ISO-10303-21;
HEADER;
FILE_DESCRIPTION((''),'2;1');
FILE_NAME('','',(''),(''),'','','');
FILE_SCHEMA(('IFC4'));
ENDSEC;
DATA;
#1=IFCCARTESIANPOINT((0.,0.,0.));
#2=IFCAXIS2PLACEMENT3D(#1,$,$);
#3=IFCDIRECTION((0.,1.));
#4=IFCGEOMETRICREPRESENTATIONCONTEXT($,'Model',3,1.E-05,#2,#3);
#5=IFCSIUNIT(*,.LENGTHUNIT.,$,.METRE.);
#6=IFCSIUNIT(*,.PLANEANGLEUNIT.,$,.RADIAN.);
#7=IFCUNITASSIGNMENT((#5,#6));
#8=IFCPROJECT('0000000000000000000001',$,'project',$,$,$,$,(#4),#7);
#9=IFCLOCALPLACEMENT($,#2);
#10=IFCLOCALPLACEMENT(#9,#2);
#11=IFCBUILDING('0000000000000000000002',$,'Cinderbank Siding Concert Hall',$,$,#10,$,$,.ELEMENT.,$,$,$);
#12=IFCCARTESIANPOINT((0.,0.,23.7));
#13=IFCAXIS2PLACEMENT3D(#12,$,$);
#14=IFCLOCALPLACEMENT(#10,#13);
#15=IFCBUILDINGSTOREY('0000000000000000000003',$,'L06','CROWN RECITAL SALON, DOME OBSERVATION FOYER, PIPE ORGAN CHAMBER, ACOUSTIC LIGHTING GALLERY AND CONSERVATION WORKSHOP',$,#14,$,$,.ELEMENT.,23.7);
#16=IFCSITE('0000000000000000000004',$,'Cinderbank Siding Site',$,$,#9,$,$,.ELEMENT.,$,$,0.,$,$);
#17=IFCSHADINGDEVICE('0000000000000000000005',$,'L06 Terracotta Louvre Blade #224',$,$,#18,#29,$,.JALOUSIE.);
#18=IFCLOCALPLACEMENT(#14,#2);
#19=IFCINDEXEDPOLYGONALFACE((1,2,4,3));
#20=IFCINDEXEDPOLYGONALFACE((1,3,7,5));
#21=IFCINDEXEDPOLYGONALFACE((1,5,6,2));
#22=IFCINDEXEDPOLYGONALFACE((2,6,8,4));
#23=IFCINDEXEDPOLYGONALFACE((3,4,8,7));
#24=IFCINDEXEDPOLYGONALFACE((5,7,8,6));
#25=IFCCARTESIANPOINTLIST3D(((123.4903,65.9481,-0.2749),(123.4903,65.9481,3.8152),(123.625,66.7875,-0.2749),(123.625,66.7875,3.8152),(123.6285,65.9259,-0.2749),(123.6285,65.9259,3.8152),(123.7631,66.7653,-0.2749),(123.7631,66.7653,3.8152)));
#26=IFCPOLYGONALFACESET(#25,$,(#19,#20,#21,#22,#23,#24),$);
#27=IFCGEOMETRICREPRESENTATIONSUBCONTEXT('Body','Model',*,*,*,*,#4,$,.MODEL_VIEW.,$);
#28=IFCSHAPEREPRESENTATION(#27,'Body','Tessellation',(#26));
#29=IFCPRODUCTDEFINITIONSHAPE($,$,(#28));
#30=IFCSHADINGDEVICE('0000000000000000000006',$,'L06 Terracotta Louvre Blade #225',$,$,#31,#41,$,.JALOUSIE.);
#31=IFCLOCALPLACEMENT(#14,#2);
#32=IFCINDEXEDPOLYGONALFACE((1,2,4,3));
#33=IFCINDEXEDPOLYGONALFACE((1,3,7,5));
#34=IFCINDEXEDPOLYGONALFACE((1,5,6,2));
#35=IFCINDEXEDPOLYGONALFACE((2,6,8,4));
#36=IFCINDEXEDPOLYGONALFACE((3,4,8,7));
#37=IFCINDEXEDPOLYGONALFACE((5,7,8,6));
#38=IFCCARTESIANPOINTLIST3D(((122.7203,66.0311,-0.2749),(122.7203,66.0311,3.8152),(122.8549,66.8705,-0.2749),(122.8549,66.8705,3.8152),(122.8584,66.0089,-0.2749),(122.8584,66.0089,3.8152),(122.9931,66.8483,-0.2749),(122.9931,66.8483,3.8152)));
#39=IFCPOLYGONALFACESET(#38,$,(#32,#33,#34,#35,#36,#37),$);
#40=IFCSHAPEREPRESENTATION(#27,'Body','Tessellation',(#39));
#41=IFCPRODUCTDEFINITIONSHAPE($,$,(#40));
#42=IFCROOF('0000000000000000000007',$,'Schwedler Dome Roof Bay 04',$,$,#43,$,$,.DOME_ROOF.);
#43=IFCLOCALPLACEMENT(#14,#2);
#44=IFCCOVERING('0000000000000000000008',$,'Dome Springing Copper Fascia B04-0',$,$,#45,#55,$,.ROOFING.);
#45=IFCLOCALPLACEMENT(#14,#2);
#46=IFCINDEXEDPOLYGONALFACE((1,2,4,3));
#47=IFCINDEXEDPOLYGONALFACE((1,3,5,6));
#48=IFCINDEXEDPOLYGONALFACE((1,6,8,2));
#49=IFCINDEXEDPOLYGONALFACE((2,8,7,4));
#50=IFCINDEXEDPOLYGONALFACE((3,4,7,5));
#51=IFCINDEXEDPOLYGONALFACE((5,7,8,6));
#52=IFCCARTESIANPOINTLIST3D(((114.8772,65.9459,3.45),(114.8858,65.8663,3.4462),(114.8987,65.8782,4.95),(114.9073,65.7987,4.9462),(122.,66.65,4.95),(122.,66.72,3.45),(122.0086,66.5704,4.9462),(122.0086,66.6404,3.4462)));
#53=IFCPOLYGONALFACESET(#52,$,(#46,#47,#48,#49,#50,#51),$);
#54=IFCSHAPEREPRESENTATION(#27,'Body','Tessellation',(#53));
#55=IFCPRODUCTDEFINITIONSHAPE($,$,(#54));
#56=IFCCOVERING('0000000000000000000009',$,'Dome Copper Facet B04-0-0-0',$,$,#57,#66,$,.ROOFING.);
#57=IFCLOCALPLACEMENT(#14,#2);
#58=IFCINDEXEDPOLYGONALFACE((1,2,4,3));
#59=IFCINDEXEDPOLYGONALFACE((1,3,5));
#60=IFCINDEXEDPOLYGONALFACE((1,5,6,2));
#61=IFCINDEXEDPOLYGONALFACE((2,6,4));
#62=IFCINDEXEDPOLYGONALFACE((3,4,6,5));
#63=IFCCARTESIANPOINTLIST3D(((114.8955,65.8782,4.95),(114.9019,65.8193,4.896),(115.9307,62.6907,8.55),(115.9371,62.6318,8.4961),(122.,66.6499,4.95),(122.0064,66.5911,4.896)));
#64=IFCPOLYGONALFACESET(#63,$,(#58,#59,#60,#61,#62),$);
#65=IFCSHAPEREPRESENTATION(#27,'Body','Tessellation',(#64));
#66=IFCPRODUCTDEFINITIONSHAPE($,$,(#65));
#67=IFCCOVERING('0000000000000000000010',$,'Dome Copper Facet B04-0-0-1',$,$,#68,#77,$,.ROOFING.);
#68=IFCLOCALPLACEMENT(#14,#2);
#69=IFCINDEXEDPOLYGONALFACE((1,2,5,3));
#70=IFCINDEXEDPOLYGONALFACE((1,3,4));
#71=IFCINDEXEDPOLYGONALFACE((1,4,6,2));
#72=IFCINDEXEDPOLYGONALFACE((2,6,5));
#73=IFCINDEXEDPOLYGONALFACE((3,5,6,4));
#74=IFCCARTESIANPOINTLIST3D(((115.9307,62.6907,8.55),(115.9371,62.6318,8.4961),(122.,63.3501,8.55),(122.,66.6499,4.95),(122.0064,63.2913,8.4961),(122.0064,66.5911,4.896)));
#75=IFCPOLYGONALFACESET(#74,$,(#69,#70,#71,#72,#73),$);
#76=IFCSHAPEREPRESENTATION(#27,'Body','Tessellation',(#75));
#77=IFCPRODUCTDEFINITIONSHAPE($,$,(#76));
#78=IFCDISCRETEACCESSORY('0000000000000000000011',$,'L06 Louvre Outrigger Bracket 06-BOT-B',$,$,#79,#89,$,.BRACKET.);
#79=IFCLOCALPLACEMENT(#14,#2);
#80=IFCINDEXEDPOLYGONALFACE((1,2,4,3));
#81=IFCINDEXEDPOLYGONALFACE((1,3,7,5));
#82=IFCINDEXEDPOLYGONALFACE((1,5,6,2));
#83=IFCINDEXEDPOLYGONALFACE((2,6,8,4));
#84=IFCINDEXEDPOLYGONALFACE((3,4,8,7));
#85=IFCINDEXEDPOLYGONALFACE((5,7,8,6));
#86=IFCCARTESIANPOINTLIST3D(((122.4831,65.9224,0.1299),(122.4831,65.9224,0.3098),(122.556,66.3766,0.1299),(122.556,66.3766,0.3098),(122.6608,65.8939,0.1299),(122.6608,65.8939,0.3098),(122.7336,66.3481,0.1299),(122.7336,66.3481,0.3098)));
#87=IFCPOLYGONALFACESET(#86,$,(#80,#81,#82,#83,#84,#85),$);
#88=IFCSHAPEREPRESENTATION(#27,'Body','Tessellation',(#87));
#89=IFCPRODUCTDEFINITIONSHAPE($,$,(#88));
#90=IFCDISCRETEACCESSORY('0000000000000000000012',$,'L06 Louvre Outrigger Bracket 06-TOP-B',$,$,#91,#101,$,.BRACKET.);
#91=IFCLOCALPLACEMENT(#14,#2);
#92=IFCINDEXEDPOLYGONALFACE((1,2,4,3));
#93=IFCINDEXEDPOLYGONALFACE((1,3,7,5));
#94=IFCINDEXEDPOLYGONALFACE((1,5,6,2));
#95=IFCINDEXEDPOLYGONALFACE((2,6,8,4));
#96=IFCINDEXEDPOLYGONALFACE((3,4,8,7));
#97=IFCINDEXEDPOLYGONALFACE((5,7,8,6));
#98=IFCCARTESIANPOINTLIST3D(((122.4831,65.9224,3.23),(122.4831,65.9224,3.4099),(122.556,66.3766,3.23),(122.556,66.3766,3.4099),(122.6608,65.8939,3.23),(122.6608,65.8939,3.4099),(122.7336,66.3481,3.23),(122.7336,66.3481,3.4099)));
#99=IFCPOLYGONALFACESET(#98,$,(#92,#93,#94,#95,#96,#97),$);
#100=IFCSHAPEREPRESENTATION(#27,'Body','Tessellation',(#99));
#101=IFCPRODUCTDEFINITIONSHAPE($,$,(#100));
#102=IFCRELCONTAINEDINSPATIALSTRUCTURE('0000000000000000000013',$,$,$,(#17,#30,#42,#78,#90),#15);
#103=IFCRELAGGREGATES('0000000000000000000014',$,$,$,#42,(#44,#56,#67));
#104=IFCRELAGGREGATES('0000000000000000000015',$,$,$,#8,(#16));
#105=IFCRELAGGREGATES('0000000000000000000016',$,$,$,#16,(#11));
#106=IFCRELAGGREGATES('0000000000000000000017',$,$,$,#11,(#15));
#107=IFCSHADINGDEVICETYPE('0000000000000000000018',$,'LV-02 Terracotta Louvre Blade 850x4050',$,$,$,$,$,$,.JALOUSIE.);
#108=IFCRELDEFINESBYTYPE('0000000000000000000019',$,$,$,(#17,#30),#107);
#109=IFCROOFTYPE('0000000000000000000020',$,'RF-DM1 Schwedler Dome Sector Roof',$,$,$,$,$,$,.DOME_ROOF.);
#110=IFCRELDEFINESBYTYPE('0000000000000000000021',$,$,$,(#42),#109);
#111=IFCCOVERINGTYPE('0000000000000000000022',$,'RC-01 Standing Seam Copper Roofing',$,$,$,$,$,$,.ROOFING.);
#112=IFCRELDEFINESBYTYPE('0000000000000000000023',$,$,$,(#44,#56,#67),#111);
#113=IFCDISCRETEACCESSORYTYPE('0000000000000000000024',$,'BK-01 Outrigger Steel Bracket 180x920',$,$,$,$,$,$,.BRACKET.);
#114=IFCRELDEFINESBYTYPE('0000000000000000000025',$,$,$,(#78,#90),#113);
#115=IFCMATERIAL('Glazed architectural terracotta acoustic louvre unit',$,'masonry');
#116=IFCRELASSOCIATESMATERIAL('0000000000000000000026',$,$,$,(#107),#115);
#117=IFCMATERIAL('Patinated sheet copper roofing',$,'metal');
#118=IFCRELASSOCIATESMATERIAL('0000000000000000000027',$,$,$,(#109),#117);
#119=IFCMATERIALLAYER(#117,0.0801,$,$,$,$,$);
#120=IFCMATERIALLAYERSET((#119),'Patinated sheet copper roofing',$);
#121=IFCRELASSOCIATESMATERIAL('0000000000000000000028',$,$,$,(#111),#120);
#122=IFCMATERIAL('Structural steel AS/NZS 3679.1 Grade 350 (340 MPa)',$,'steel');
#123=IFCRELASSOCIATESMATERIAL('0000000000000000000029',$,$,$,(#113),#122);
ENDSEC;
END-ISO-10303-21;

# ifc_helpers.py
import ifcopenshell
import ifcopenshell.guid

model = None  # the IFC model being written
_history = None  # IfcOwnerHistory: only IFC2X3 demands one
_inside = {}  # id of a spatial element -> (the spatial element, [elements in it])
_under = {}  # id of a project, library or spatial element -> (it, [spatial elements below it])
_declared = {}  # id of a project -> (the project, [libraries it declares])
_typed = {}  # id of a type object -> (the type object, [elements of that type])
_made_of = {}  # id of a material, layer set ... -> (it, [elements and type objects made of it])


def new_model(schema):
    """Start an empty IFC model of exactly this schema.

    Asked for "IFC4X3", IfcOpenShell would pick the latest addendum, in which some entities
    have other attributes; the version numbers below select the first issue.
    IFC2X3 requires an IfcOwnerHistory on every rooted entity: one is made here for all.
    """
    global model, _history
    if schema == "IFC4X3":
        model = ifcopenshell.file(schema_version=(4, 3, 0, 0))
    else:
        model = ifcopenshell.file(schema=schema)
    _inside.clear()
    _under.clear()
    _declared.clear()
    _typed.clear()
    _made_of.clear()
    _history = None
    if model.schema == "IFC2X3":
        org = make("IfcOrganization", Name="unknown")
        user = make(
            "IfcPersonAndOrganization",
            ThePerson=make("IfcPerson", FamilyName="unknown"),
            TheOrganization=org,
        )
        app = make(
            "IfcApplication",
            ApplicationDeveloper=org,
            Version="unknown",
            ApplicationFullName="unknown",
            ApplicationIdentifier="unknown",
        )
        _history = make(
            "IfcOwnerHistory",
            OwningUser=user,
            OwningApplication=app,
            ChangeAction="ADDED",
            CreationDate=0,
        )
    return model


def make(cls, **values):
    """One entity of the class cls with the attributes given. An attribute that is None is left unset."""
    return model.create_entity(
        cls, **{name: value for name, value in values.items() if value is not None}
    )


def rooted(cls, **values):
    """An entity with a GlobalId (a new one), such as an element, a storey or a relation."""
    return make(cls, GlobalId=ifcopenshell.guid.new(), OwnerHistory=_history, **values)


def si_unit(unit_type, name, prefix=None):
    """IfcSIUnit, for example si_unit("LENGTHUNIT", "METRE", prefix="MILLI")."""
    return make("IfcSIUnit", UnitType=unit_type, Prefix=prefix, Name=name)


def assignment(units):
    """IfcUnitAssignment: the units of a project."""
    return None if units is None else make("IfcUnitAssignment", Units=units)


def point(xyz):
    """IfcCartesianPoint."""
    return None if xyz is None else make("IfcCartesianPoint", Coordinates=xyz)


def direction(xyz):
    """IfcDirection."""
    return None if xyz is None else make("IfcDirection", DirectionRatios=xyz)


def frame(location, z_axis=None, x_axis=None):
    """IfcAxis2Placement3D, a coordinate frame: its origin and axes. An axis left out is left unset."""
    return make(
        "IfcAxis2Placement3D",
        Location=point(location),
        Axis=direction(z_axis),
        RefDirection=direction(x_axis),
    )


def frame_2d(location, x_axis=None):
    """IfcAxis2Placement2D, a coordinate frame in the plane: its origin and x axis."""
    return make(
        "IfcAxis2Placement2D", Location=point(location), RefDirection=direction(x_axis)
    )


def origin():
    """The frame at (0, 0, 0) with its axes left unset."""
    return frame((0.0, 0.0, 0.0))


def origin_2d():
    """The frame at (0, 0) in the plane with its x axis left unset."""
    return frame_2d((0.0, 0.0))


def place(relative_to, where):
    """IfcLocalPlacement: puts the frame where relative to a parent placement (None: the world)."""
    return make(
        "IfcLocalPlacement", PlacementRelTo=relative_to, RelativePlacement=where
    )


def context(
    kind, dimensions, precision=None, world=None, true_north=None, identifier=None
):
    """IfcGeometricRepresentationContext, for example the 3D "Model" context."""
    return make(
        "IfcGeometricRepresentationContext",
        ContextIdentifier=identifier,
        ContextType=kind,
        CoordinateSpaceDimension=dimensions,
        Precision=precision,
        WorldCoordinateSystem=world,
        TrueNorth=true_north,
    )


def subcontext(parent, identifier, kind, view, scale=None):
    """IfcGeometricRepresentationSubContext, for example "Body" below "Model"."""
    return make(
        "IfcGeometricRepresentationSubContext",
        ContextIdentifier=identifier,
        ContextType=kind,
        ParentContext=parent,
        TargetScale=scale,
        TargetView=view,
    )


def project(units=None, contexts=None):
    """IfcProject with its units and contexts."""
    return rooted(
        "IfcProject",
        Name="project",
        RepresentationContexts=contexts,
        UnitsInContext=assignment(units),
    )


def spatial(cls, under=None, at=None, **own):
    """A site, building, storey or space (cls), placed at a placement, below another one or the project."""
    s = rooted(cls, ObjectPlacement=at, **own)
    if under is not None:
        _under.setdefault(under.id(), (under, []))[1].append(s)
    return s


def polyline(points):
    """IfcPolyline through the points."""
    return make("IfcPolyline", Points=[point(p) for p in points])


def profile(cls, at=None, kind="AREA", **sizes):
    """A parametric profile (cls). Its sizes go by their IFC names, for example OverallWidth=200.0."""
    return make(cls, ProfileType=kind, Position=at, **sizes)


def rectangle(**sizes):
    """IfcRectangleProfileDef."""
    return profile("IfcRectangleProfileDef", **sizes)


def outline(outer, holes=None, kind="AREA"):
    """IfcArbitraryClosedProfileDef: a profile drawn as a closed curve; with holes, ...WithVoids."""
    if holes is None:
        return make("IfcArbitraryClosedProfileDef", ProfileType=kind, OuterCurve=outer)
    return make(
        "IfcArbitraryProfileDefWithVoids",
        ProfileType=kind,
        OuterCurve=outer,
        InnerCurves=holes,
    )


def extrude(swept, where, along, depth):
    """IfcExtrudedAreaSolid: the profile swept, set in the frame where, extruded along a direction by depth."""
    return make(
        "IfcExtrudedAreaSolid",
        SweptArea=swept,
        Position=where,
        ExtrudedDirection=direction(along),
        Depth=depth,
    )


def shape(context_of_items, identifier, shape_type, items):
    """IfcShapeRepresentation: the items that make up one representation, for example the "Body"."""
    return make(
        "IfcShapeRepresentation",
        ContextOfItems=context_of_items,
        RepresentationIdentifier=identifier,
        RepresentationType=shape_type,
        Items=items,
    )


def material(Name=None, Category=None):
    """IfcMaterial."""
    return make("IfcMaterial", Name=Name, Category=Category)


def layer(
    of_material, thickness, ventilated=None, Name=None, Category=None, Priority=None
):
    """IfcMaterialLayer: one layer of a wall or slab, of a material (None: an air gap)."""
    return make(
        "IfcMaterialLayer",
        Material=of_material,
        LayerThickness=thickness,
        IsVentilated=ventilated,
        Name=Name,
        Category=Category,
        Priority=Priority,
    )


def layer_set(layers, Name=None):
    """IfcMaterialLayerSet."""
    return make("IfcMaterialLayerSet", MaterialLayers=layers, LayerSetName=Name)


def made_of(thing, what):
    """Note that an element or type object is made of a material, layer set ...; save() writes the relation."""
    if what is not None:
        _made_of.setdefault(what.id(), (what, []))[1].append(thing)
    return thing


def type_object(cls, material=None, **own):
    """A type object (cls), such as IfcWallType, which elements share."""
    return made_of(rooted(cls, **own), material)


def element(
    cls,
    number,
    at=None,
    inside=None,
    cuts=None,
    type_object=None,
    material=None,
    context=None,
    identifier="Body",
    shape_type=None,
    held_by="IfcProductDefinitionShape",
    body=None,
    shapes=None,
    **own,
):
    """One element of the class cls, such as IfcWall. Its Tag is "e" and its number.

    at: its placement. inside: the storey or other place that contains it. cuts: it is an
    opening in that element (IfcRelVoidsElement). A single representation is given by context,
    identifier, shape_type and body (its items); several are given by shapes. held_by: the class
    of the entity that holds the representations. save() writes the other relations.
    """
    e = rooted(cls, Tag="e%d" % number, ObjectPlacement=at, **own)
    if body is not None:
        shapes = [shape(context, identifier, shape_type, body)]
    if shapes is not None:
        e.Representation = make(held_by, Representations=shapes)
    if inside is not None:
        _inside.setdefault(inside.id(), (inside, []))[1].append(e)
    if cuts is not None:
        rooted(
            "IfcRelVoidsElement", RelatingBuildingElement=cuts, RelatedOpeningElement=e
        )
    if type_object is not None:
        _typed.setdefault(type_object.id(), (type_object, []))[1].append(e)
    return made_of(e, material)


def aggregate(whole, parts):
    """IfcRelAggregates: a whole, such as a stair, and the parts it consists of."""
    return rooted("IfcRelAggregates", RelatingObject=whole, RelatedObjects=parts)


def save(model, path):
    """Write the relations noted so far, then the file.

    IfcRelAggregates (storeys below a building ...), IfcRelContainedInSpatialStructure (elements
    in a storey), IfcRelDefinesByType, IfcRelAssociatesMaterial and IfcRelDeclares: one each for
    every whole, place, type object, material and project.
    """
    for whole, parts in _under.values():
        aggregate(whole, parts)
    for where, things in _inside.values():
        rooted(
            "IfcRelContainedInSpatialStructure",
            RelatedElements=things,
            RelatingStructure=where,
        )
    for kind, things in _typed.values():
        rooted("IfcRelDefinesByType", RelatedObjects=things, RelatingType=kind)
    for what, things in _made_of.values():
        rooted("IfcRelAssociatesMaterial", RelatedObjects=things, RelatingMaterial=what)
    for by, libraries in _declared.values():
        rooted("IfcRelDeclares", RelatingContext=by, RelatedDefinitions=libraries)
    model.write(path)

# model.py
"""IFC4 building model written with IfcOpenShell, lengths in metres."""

from ifc_helpers import new_model, si_unit, direction, frame, origin, origin_2d, place, context, subcontext, project, spatial, polyline, rectangle, outline, extrude, material, layer, layer_set, type_object, element, aggregate, save


model = new_model("IFC4")

# Units and contexts
model_context = context("Model", 3, precision=1e-05, world=origin(), true_north=direction((0.0, 1.0)))
body_context = subcontext(model_context, "Body", "Model", "MODEL_VIEW")
ifc_project = project(units=[si_unit("LENGTHUNIT", "METRE"), si_unit("PLANEANGLEUNIT", "RADIAN")], contexts=[model_context])

# Site, building, storey
site_placement = place(None, origin())
site = spatial("IfcSite", under=ifc_project, at=site_placement, Name="Cinderbank Siding Site", CompositionType="ELEMENT", RefElevation=0.0)
building_placement = place(site_placement, origin())
building = spatial("IfcBuilding", under=site, at=building_placement, Name="Cinderbank Siding Concert Hall", CompositionType="ELEMENT")
storey_placement = place(building_placement, frame((0.0, 0.0, 23.7)))
storey = spatial("IfcBuildingStorey", under=building, at=storey_placement, Name="L06", Description="CROWN RECITAL SALON, DOME OBSERVATION FOYER, PIPE ORGAN CHAMBER, ACOUSTIC LIGHTING GALLERY AND CONSERVATION WORKSHOP", CompositionType="ELEMENT", Elevation=23.7)

# Shared definitions
ifc_material_1 = material(Name="Structural steel AS/NZS 3679.1 Grade 350 (340 MPa)", Category="steel")

# Shading devices
ifc_material_2 = material(Name="Glazed architectural terracotta acoustic louvre unit", Category="masonry")
shading_device_type = type_object("IfcShadingDeviceType", Name="LV-02 Terracotta Louvre Blade 850x4050", PredefinedType="JALOUSIE", material=ifc_material_2)
for number, where, z_axis, x_axis, name in (
    (1, (123.6267, 66.3567, -0.2749), (0.0, 0.0, 1.0), (0.158354, 0.987382, 0.0), "L06 Terracotta Louvre Blade #224"),
    (2, (122.8567, 66.4397, -0.2749), (0.0, 0.0, 1.0), (0.158354, 0.987382, 0.0), "L06 Terracotta Louvre Blade #225"),
):
    element("IfcShadingDevice", number, at=place(storey_placement, frame(where, z_axis=z_axis, x_axis=x_axis)), inside=storey, type_object=shading_device_type, Name=name, PredefinedType="JALOUSIE", context=body_context, shape_type="SweptSolid", body=[
        extrude(rectangle(XDim=0.8501, YDim=0.1399, at=origin_2d()), origin(), (0.0, 0.0, 1.0), 4.0901),
    ])

# Roof, coverings
ifc_material_3 = material(Name="Patinated sheet copper roofing", Category="metal")
roof_type = type_object("IfcRoofType", Name="RF-DM1 Schwedler Dome Sector Roof", PredefinedType="DOME_ROOF", material=ifc_material_3)
roof_placement = place(storey_placement, origin())
roof = element("IfcRoof", 3, at=roof_placement, inside=storey, type_object=roof_type, Name="Schwedler Dome Roof Bay 04", PredefinedType="DOME_ROOF")
ifc_layer_1 = layer(ifc_material_3, 0.0801)
ifc_layer_set_1 = layer_set([ifc_layer_1], Name="Patinated sheet copper roofing")
covering_type = type_object("IfcCoveringType", Name="RC-01 Standing Seam Copper Roofing", PredefinedType="ROOFING", material=ifc_layer_set_1)
covering_1_placement = place(storey_placement, frame((122.0, 66.72, 3.45), z_axis=(-0.107929, 0.993077, 0.046354), x_axis=(-0.994146, -0.108045, 0.0)))
covering_1 = element("IfcCovering", 4, at=covering_1_placement, type_object=covering_type, Name="Dome Springing Copper Fascia B04-0", PredefinedType="ROOFING", context=body_context, shape_type="SweptSolid", body=[
    extrude(outline(polyline([(0.0, 0.0), (7.1648, 0.0), (7.1507, 1.5016), (0.0076, 1.5016), (0.0, 0.0)])), origin(), (0.0, 0.0, -1.0), 0.0801),
])
covering_2_placement = place(storey_placement, frame((122.0, 66.6499, 4.95), z_axis=(-0.07982, 0.734817, 0.673552), x_axis=(-0.994152, -0.10799, 0.0)))
covering_2 = element("IfcCovering", 5, at=covering_2_placement, type_object=covering_type, Name="Dome Copper Facet B04-0-0-0", PredefinedType="ROOFING", context=body_context, shape_type="SweptSolid", body=[
    extrude(outline(polyline([(0.0, 0.0), (7.1463, 0.0), (6.4614, 4.8707), (0.0, 0.0)])), origin(), (0.0, 0.0, -1.0), 0.0801),
])
covering_3_placement = place(storey_placement, frame((122.0, 66.6499, 4.95), z_axis=(-0.079838, 0.73483, 0.673536), x_axis=(-0.750084, -0.489305, 0.444921)))
covering_3 = element("IfcCovering", 6, at=covering_3_placement, type_object=covering_type, Name="Dome Copper Facet B04-0-0-1", PredefinedType="ROOFING", context=body_context, shape_type="SweptSolid", body=[
    extrude(outline(polyline([(0.0, 0.0), (8.0915, 0.0), (3.2164, 3.6748), (0.0, 0.0)])), origin(), (0.0, 0.0, -1.0), 0.0801),
])
aggregate(roof, [covering_1, covering_2, covering_3])

# Discrete accessories
discrete_accessory_type = type_object("IfcDiscreteAccessoryType", Name="BK-01 Outrigger Steel Bracket 180x920", PredefinedType="BRACKET", material=ifc_material_1)
for number, where, z_axis, x_axis, name in (
    (7, (122.6084, 66.1353, 0.1299), (0.0, 0.0, 1.0), (0.158354, 0.987382, 0.0), "L06 Louvre Outrigger Bracket 06-BOT-B"),
    (8, (122.6084, 66.1353, 3.23), (0.0, 0.0, 1.0), (0.158354, 0.987382, 0.0), "L06 Louvre Outrigger Bracket 06-TOP-B"),
):
    element("IfcDiscreteAccessory", number, at=place(storey_placement, frame(where, z_axis=z_axis, x_axis=x_axis)), inside=storey, type_object=discrete_accessory_type, Name=name, PredefinedType="BRACKET", context=body_context, shape_type="SweptSolid", body=[
        extrude(rectangle(XDim=0.46, YDim=0.1799, at=origin_2d()), origin(), (0.0, 0.0, 1.0), 0.1799),
    ])

save(model, "model.ifc")
